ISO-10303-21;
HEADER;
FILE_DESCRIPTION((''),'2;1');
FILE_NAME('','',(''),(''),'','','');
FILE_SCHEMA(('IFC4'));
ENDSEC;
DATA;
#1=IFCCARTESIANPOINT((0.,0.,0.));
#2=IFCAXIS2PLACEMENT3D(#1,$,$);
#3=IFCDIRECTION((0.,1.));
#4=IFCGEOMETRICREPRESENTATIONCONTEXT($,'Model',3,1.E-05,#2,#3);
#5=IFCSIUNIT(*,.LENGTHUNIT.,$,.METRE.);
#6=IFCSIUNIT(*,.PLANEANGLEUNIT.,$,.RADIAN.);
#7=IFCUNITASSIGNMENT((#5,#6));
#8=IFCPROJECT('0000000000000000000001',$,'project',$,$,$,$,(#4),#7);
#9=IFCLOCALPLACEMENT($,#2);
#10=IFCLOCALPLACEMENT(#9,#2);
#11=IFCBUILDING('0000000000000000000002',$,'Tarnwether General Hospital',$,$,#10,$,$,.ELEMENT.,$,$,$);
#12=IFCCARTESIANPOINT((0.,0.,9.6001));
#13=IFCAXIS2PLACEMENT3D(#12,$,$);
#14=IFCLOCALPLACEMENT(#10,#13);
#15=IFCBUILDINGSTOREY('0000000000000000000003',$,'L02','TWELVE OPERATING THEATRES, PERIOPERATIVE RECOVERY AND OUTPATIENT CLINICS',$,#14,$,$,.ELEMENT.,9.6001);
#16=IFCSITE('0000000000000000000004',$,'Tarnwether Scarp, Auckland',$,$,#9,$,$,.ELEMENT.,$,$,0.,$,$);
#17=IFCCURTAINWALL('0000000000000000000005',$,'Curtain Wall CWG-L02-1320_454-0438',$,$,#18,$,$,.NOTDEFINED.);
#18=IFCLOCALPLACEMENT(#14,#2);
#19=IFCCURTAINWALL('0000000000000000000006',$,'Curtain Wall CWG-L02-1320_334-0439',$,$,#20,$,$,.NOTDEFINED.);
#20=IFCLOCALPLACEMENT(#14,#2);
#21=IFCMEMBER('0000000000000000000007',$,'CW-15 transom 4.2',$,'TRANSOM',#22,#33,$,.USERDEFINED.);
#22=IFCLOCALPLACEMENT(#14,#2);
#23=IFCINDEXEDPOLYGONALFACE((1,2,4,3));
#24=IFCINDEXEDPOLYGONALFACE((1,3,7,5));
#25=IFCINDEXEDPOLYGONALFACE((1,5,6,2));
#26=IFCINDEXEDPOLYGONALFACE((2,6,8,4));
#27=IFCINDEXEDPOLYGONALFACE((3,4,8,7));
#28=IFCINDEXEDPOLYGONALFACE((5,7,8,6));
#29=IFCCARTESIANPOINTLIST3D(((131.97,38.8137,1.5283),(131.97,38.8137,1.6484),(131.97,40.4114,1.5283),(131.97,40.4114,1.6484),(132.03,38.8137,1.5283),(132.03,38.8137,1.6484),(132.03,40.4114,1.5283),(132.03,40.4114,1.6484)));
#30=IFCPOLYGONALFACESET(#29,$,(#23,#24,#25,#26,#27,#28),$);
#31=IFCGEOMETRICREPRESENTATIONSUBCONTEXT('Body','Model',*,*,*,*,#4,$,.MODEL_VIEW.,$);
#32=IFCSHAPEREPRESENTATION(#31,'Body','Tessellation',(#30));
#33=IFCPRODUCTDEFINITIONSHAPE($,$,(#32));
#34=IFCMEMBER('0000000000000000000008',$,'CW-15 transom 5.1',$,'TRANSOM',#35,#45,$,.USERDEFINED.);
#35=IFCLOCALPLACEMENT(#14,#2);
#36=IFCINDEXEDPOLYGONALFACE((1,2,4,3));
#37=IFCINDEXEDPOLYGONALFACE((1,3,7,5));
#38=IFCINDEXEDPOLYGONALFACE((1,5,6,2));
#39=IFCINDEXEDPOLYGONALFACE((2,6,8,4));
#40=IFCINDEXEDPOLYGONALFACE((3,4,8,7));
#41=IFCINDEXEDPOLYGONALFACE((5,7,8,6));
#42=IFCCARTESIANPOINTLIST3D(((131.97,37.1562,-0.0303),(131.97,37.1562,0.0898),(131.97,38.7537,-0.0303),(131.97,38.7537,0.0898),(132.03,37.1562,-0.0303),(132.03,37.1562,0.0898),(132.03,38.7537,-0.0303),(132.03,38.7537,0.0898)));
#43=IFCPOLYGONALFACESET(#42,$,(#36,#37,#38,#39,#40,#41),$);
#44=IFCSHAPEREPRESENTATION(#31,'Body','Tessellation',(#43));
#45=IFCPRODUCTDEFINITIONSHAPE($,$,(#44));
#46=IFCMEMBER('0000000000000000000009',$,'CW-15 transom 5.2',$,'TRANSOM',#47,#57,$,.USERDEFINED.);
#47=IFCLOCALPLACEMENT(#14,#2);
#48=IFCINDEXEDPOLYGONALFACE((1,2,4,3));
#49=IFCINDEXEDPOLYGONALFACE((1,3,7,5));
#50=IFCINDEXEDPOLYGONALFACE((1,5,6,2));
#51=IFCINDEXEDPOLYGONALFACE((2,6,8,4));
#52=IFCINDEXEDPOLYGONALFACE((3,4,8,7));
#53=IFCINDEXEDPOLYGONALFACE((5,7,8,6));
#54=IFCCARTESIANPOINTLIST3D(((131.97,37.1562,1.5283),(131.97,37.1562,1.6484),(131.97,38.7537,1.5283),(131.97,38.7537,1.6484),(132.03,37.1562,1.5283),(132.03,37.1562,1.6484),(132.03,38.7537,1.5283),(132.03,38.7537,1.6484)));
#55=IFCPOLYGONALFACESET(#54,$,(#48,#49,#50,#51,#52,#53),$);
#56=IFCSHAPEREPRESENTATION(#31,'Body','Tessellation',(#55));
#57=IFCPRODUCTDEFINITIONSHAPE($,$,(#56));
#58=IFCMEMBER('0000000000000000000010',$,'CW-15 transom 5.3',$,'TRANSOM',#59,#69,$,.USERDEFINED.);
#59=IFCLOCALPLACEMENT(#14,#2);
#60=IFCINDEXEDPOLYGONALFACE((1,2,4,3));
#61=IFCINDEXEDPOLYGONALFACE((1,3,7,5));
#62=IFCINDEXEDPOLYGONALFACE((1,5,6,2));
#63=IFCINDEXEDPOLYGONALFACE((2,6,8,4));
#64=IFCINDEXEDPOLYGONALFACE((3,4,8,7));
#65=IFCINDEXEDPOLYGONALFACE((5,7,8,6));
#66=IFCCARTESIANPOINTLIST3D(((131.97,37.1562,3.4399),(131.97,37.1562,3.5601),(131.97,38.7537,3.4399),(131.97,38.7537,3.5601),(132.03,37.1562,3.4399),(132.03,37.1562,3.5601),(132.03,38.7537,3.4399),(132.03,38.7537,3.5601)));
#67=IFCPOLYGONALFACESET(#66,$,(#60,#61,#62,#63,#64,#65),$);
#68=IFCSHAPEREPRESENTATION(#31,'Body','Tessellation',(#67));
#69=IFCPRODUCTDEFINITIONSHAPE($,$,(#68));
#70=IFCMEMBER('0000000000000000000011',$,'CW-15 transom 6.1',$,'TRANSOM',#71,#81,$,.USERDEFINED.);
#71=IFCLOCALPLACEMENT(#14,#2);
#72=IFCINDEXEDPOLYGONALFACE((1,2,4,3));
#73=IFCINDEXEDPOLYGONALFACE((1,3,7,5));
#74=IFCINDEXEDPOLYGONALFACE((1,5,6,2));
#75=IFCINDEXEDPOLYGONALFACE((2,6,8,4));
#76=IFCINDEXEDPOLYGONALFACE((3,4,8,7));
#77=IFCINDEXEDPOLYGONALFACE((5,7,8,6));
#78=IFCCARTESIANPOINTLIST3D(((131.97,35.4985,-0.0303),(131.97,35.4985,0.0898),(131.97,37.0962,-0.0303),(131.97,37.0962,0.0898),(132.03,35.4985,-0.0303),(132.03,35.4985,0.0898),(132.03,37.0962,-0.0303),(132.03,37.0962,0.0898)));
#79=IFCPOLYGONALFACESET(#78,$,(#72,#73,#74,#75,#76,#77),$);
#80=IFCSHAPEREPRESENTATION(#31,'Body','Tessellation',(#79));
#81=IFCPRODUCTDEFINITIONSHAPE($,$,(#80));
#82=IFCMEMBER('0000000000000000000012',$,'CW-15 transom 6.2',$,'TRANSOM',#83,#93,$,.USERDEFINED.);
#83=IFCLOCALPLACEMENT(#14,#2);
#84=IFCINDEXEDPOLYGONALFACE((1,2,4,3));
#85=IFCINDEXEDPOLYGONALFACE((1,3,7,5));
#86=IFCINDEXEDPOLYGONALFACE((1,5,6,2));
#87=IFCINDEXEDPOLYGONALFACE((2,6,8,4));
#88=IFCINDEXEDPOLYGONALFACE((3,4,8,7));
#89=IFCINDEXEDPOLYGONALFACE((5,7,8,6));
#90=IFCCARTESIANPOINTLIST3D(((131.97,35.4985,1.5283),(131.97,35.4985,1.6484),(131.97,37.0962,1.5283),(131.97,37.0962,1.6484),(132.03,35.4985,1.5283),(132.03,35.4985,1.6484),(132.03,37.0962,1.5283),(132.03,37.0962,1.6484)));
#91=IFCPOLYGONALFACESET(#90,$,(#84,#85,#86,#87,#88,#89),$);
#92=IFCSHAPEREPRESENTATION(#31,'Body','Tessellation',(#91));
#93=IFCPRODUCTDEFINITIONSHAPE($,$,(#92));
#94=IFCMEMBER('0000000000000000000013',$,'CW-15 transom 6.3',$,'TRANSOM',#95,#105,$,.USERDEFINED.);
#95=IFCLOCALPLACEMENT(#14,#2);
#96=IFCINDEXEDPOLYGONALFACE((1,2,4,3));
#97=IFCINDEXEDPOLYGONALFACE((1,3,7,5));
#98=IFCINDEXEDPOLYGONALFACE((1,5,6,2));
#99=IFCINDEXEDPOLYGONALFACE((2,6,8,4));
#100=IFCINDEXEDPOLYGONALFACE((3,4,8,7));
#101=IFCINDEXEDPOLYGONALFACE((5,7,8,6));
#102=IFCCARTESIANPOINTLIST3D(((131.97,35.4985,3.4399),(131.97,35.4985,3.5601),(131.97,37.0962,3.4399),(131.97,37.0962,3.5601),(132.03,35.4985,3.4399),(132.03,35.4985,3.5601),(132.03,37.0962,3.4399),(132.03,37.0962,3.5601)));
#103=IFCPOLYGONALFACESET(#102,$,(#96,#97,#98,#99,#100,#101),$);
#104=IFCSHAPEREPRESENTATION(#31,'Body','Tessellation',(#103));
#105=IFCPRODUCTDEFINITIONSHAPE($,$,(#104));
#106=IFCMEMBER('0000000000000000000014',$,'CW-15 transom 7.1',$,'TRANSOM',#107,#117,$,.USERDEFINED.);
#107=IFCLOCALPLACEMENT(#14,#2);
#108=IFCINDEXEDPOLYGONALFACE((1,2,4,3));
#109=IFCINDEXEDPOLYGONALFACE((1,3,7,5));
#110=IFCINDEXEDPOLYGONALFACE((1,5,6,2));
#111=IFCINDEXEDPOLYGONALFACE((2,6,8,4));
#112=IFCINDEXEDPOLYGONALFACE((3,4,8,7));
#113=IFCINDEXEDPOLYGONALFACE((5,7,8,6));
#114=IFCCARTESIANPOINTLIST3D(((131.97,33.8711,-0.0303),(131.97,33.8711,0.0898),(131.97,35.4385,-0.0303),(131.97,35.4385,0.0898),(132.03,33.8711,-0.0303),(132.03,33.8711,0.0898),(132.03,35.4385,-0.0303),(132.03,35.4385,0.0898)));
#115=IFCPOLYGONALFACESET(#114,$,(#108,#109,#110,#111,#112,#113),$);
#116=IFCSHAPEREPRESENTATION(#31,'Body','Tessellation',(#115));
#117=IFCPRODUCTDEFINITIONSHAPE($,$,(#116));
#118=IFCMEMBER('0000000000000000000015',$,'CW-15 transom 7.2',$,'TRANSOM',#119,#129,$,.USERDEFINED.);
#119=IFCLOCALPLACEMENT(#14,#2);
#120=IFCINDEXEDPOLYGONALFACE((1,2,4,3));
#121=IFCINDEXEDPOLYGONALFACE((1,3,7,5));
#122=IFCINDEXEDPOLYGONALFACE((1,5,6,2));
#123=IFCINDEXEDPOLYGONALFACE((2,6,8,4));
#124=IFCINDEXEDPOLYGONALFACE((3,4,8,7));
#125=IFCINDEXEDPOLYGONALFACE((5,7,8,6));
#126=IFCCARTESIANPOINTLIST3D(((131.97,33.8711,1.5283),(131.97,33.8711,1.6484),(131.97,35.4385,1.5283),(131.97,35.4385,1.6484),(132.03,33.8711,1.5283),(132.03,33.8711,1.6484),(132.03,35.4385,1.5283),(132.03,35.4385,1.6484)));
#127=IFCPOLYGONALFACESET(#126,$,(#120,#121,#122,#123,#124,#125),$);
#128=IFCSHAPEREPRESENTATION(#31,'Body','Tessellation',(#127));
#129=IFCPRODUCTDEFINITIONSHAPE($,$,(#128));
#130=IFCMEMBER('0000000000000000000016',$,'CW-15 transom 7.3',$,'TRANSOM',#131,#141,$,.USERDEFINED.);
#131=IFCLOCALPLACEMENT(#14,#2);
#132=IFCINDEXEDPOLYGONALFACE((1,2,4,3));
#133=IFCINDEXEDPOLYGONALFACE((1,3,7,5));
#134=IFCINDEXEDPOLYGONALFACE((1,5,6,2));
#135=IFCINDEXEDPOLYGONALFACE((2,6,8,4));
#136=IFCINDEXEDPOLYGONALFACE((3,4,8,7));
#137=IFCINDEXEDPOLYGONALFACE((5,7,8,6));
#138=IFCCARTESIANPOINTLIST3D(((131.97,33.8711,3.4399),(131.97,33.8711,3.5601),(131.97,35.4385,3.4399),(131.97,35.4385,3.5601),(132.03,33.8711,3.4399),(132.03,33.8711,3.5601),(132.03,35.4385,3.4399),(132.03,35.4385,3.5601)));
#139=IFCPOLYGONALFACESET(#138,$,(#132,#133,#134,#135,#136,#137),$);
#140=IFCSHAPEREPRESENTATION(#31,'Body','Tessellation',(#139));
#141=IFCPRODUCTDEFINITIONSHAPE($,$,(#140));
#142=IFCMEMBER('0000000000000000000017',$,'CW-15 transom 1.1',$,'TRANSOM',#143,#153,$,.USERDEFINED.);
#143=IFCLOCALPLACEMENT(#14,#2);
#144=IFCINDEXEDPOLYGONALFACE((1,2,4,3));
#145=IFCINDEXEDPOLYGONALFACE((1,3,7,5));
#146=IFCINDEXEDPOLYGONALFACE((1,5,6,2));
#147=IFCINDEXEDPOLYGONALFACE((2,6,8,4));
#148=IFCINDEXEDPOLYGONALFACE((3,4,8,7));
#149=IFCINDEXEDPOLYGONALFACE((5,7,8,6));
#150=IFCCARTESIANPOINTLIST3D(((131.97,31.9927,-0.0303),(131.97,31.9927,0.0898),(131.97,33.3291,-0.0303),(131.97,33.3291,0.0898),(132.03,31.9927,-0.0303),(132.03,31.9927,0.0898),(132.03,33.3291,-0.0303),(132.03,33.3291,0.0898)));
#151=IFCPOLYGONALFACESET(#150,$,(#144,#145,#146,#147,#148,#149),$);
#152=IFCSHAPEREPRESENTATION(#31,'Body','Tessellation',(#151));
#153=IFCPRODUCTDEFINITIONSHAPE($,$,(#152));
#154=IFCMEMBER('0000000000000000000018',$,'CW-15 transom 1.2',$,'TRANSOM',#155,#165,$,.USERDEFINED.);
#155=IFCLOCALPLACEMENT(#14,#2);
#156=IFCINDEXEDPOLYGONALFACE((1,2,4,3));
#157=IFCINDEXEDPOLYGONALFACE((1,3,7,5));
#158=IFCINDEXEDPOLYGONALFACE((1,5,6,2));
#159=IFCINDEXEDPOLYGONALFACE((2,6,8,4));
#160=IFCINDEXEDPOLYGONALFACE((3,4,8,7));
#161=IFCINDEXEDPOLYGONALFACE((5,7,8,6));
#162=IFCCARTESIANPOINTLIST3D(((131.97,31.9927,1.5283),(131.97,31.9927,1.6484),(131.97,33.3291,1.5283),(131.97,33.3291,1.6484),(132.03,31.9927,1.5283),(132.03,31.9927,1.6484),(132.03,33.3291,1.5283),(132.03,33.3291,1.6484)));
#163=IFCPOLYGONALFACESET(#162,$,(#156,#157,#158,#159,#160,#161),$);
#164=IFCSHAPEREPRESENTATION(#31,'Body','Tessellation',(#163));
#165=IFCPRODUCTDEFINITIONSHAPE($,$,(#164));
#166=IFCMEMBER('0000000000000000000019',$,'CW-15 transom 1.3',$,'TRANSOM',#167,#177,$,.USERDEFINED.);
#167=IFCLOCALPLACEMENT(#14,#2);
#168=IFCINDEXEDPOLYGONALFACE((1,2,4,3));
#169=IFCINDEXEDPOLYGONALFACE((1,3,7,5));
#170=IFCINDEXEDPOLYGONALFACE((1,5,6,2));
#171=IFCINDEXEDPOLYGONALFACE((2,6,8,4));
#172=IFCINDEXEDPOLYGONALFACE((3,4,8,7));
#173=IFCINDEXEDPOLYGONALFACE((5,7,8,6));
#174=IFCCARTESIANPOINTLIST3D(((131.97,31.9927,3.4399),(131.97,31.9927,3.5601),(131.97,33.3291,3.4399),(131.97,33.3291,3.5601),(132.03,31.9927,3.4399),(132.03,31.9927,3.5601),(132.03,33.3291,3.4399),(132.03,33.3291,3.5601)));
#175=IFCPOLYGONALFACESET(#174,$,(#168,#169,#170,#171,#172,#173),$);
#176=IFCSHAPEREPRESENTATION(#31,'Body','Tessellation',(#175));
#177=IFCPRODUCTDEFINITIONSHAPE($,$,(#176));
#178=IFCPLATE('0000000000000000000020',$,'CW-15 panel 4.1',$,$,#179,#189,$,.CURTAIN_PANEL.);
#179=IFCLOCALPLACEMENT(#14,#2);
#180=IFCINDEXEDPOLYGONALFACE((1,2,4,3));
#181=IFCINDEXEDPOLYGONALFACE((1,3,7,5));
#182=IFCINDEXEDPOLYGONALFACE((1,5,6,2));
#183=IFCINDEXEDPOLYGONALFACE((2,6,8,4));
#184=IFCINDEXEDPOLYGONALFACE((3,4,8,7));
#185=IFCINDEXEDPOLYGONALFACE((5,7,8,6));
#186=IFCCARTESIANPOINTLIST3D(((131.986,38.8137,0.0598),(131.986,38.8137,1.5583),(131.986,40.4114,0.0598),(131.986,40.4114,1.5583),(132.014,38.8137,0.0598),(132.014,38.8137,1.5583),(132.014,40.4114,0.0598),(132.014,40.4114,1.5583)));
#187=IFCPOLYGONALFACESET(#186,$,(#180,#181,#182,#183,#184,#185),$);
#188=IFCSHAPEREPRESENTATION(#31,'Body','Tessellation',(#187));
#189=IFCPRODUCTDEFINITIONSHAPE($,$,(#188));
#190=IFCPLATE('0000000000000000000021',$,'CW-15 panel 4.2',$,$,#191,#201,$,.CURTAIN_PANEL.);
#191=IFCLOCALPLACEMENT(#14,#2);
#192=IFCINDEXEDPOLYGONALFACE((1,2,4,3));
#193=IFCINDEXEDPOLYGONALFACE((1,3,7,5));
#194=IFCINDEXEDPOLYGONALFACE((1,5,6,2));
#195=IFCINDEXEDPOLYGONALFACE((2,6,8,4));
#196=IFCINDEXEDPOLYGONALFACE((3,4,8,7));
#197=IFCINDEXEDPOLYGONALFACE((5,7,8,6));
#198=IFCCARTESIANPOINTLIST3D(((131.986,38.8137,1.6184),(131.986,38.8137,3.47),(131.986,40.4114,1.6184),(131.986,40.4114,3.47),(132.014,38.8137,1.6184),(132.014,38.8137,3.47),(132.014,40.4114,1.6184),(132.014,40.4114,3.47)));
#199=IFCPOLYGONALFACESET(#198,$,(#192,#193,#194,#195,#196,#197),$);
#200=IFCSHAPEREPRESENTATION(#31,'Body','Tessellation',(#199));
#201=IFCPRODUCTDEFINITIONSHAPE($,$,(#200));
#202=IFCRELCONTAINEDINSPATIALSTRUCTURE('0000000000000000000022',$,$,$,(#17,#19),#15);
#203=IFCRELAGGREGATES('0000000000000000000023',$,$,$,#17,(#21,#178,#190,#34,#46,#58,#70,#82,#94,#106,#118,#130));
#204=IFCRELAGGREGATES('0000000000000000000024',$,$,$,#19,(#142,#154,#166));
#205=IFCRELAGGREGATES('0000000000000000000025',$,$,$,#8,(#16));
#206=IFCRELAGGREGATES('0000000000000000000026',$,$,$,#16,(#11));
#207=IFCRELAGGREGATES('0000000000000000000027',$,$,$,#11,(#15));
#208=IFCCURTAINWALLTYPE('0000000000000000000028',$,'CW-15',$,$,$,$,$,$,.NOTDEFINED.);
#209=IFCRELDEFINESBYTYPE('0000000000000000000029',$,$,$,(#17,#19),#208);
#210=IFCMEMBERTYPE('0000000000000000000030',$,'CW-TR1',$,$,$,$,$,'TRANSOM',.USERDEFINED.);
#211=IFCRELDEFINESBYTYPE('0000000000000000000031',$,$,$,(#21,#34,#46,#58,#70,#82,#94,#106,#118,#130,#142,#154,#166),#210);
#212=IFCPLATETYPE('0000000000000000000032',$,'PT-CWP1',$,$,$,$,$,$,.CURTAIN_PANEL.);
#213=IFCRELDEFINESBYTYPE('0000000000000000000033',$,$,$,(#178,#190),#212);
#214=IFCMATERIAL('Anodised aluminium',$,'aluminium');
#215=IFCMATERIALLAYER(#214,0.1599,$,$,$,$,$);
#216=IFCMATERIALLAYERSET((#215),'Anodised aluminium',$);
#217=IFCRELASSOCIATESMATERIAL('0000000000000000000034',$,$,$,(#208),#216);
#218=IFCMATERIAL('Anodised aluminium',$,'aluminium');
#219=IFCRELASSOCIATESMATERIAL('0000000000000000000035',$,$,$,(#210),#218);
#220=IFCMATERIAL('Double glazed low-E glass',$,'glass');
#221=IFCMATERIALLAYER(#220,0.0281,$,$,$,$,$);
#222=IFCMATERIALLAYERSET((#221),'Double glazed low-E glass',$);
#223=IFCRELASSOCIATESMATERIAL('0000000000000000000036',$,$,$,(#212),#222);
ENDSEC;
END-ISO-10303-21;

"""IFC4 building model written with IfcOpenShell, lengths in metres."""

from ifc_helpers import new_model, si_unit, direction, frame, origin, origin_2d, place, context, subcontext, project, spatial, rectangle, extrude, material, layer, layer_set, material_profile, profile_set, type_object, element, aggregate, save


model = new_model("IFC4")

# Units and contexts
model_context = context("Model", 3, precision=1e-05, world=origin(), true_north=direction((0.0, 1.0)))
body_context = subcontext(model_context, "Body", "Model", "MODEL_VIEW")
ifc_project = project(units=[si_unit("LENGTHUNIT", "METRE"), si_unit("PLANEANGLEUNIT", "RADIAN")], contexts=[model_context])

# Site, building, storey
site_placement = place(None, origin())
site = spatial("IfcSite", under=ifc_project, at=site_placement, Name="Tarnwether Scarp, Auckland", CompositionType="ELEMENT", RefElevation=0.0)
building_placement = place(site_placement, origin())
building = spatial("IfcBuilding", under=site, at=building_placement, Name="Tarnwether General Hospital", CompositionType="ELEMENT")
storey_placement = place(building_placement, frame((0.0, 0.0, 9.6001)))
storey = spatial("IfcBuildingStorey", under=building, at=storey_placement, Name="L02", Description="TWELVE OPERATING THEATRES, PERIOPERATIVE RECOVERY AND OUTPATIENT CLINICS", CompositionType="ELEMENT", Elevation=9.6001)

# Curtain wall
ifc_material_1 = material(Name="Anodised aluminium", Category="aluminium")
ifc_layer_1 = layer(ifc_material_1, 0.1599)
ifc_layer_set_1 = layer_set([ifc_layer_1], Name="Anodised aluminium")
curtain_wall_type = type_object("IfcCurtainWallType", Name="CW-15", PredefinedType="NOTDEFINED", material=ifc_layer_set_1)
curtain_wall_1_placement = place(storey_placement, origin())
curtain_wall_1 = element("IfcCurtainWall", 1, at=curtain_wall_1_placement, inside=storey, type_object=curtain_wall_type, Name="Curtain Wall CWG-L02-1320_454-0438", PredefinedType="NOTDEFINED")

# Curtain wall
curtain_wall_2_placement = place(storey_placement, origin())
curtain_wall_2 = element("IfcCurtainWall", 2, at=curtain_wall_2_placement, inside=storey, type_object=curtain_wall_type, Name="Curtain Wall CWG-L02-1320_334-0439", PredefinedType="NOTDEFINED")

# Members
ifc_material_2 = material(Name="Anodised aluminium", Category="aluminium")
ifc_material_profile_1 = material_profile(ifc_material_2, rectangle(XDim=0.0601, YDim=0.1201, at=origin_2d()), Name="ALU-TRN-60x120")
ifc_profile_set_1 = profile_set([ifc_material_profile_1], Name="Anodised aluminium")
member_type_1 = type_object("IfcMemberType", Name="CW-TR1", ElementType="TRANSOM", PredefinedType="USERDEFINED", material=ifc_profile_set_1)
member_1_placement = place(storey_placement, frame((132.0, 40.4114, 1.5884), z_axis=(0.0, -1.0, 0.0), x_axis=(1.0, 0.0, 0.0)))
member_1 = element("IfcMember", 3, at=member_1_placement, type_object=member_type_1, Name="CW-15 transom 4.2", ObjectType="TRANSOM", PredefinedType="USERDEFINED", context=body_context, shape_type="SweptSolid", body=[
    extrude(rectangle(XDim=0.0601, YDim=0.1201, at=origin_2d()), origin(), (0.0, 0.0, 1.0), 1.5977),
])
member_2_placement = place(storey_placement, frame((132.0, 38.7537, 0.0298), z_axis=(0.0, -1.0, 0.0), x_axis=(1.0, 0.0, 0.0)))
member_2 = element("IfcMember", 4, at=member_2_placement, type_object=member_type_1, Name="CW-15 transom 5.1", ObjectType="TRANSOM", PredefinedType="USERDEFINED", context=body_context, shape_type="SweptSolid", body=[
    extrude(rectangle(XDim=0.0601, YDim=0.1201, at=origin_2d()), origin(), (0.0, 0.0, 1.0), 1.5974),
])
member_3_placement = place(storey_placement, frame((132.0, 38.7537, 1.5884), z_axis=(0.0, -1.0, 0.0), x_axis=(1.0, 0.0, 0.0)))
member_3 = element("IfcMember", 5, at=member_3_placement, type_object=member_type_1, Name="CW-15 transom 5.2", ObjectType="TRANSOM", PredefinedType="USERDEFINED", context=body_context, shape_type="SweptSolid", body=[
    extrude(rectangle(XDim=0.0601, YDim=0.1201, at=origin_2d()), origin(), (0.0, 0.0, 1.0), 1.5974),
])
member_4_placement = place(storey_placement, frame((132.0, 38.7537, 3.5), z_axis=(0.0, -1.0, 0.0), x_axis=(1.0, 0.0, 0.0)))
member_4 = element("IfcMember", 6, at=member_4_placement, type_object=member_type_1, Name="CW-15 transom 5.3", ObjectType="TRANSOM", PredefinedType="USERDEFINED", context=body_context, shape_type="SweptSolid", body=[
    extrude(rectangle(XDim=0.0601, YDim=0.1201, at=origin_2d()), origin(), (0.0, 0.0, 1.0), 1.5974),
])
member_5_placement = place(storey_placement, frame((132.0, 37.0962, 0.0298), z_axis=(0.0, -1.0, 0.0), x_axis=(1.0, 0.0, 0.0)))
member_5 = element("IfcMember", 7, at=member_5_placement, type_object=member_type_1, Name="CW-15 transom 6.1", ObjectType="TRANSOM", PredefinedType="USERDEFINED", context=body_context, shape_type="SweptSolid", body=[
    extrude(rectangle(XDim=0.0601, YDim=0.1201, at=origin_2d()), origin(), (0.0, 0.0, 1.0), 1.5977),
])
member_6_placement = place(storey_placement, frame((132.0, 37.0962, 1.5884), z_axis=(0.0, -1.0, 0.0), x_axis=(1.0, 0.0, 0.0)))
member_6 = element("IfcMember", 8, at=member_6_placement, type_object=member_type_1, Name="CW-15 transom 6.2", ObjectType="TRANSOM", PredefinedType="USERDEFINED", context=body_context, shape_type="SweptSolid", body=[
    extrude(rectangle(XDim=0.0601, YDim=0.1201, at=origin_2d()), origin(), (0.0, 0.0, 1.0), 1.5977),
])
member_7_placement = place(storey_placement, frame((132.0, 37.0962, 3.5), z_axis=(0.0, -1.0, 0.0), x_axis=(1.0, 0.0, 0.0)))
member_7 = element("IfcMember", 9, at=member_7_placement, type_object=member_type_1, Name="CW-15 transom 6.3", ObjectType="TRANSOM", PredefinedType="USERDEFINED", context=body_context, shape_type="SweptSolid", body=[
    extrude(rectangle(XDim=0.0601, YDim=0.1201, at=origin_2d()), origin(), (0.0, 0.0, 1.0), 1.5977),
])
member_8_placement = place(storey_placement, frame((132.0, 35.4385, 0.0298), z_axis=(0.0, -1.0, 0.0), x_axis=(1.0, 0.0, 0.0)))
member_8 = element("IfcMember", 10, at=member_8_placement, type_object=member_type_1, Name="CW-15 transom 7.1", ObjectType="TRANSOM", PredefinedType="USERDEFINED", context=body_context, shape_type="SweptSolid", body=[
    extrude(rectangle(XDim=0.0601, YDim=0.1201, at=origin_2d()), origin(), (0.0, 0.0, 1.0), 1.5674),
])
member_9_placement = place(storey_placement, frame((132.0, 35.4385, 1.5884), z_axis=(0.0, -1.0, 0.0), x_axis=(1.0, 0.0, 0.0)))
member_9 = element("IfcMember", 11, at=member_9_placement, type_object=member_type_1, Name="CW-15 transom 7.2", ObjectType="TRANSOM", PredefinedType="USERDEFINED", context=body_context, shape_type="SweptSolid", body=[
    extrude(rectangle(XDim=0.0601, YDim=0.1201, at=origin_2d()), origin(), (0.0, 0.0, 1.0), 1.5674),
])
member_10_placement = place(storey_placement, frame((132.0, 35.4385, 3.5), z_axis=(0.0, -1.0, 0.0), x_axis=(1.0, 0.0, 0.0)))
member_10 = element("IfcMember", 12, at=member_10_placement, type_object=member_type_1, Name="CW-15 transom 7.3", ObjectType="TRANSOM", PredefinedType="USERDEFINED", context=body_context, shape_type="SweptSolid", body=[
    extrude(rectangle(XDim=0.0601, YDim=0.1201, at=origin_2d()), origin(), (0.0, 0.0, 1.0), 1.5674),
])
member_11_placement = place(storey_placement, frame((132.0, 33.3291, 0.0298), z_axis=(0.0, -1.0, 0.0), x_axis=(1.0, 0.0, 0.0)))
member_11 = element("IfcMember", 13, at=member_11_placement, type_object=member_type_1, Name="CW-15 transom 1.1", ObjectType="TRANSOM", PredefinedType="USERDEFINED", context=body_context, shape_type="SweptSolid", body=[
    extrude(rectangle(XDim=0.0601, YDim=0.1201, at=origin_2d()), origin(), (0.0, 0.0, 1.0), 1.3364),
])
member_12_placement = place(storey_placement, frame((132.0, 33.3291, 1.5884), z_axis=(0.0, -1.0, 0.0), x_axis=(1.0, 0.0, 0.0)))
member_12 = element("IfcMember", 14, at=member_12_placement, type_object=member_type_1, Name="CW-15 transom 1.2", ObjectType="TRANSOM", PredefinedType="USERDEFINED", context=body_context, shape_type="SweptSolid", body=[
    extrude(rectangle(XDim=0.0601, YDim=0.1201, at=origin_2d()), origin(), (0.0, 0.0, 1.0), 1.3364),
])
member_13_placement = place(storey_placement, frame((132.0, 33.3291, 3.5), z_axis=(0.0, -1.0, 0.0), x_axis=(1.0, 0.0, 0.0)))
member_13 = element("IfcMember", 15, at=member_13_placement, type_object=member_type_1, Name="CW-15 transom 1.3", ObjectType="TRANSOM", PredefinedType="USERDEFINED", context=body_context, shape_type="SweptSolid", body=[
    extrude(rectangle(XDim=0.0601, YDim=0.1201, at=origin_2d()), origin(), (0.0, 0.0, 1.0), 1.3364),
])

# Plates
ifc_material_3 = material(Name="Double glazed low-E glass", Category="glass")
ifc_layer_2 = layer(ifc_material_3, 0.0281)
ifc_layer_set_2 = layer_set([ifc_layer_2], Name="Double glazed low-E glass")
plate_type_1 = type_object("IfcPlateType", Name="PT-CWP1", PredefinedType="CURTAIN_PANEL", material=ifc_layer_set_2)
plate_1_placement = place(storey_placement, frame((132.0, 39.6125, 0.0598), z_axis=(0.0, 0.0, 1.0), x_axis=(0.0, -1.0, 0.0)))
plate_1 = element("IfcPlate", 16, at=plate_1_placement, type_object=plate_type_1, Name="CW-15 panel 4.1", PredefinedType="CURTAIN_PANEL", context=body_context, shape_type="SweptSolid", body=[
    extrude(rectangle(XDim=1.5977, YDim=0.0281, at=origin_2d()), origin(), (0.0, 0.0, 1.0), 1.4985),
])
plate_2_placement = place(storey_placement, frame((132.0, 39.6125, 1.6184), z_axis=(0.0, 0.0, 1.0), x_axis=(0.0, -1.0, 0.0)))
plate_2 = element("IfcPlate", 17, at=plate_2_placement, type_object=plate_type_1, Name="CW-15 panel 4.2", PredefinedType="CURTAIN_PANEL", context=body_context, shape_type="SweptSolid", body=[
    extrude(rectangle(XDim=1.5977, YDim=0.0281, at=origin_2d()), origin(), (0.0, 0.0, 1.0), 1.8516),
])
aggregate(curtain_wall_1, [member_1, plate_1, plate_2, member_2, member_3, member_4, member_5, member_6, member_7, member_8, member_9, member_10])
aggregate(curtain_wall_2, [member_11, member_12, member_13])

save(model, "model.ifc")
